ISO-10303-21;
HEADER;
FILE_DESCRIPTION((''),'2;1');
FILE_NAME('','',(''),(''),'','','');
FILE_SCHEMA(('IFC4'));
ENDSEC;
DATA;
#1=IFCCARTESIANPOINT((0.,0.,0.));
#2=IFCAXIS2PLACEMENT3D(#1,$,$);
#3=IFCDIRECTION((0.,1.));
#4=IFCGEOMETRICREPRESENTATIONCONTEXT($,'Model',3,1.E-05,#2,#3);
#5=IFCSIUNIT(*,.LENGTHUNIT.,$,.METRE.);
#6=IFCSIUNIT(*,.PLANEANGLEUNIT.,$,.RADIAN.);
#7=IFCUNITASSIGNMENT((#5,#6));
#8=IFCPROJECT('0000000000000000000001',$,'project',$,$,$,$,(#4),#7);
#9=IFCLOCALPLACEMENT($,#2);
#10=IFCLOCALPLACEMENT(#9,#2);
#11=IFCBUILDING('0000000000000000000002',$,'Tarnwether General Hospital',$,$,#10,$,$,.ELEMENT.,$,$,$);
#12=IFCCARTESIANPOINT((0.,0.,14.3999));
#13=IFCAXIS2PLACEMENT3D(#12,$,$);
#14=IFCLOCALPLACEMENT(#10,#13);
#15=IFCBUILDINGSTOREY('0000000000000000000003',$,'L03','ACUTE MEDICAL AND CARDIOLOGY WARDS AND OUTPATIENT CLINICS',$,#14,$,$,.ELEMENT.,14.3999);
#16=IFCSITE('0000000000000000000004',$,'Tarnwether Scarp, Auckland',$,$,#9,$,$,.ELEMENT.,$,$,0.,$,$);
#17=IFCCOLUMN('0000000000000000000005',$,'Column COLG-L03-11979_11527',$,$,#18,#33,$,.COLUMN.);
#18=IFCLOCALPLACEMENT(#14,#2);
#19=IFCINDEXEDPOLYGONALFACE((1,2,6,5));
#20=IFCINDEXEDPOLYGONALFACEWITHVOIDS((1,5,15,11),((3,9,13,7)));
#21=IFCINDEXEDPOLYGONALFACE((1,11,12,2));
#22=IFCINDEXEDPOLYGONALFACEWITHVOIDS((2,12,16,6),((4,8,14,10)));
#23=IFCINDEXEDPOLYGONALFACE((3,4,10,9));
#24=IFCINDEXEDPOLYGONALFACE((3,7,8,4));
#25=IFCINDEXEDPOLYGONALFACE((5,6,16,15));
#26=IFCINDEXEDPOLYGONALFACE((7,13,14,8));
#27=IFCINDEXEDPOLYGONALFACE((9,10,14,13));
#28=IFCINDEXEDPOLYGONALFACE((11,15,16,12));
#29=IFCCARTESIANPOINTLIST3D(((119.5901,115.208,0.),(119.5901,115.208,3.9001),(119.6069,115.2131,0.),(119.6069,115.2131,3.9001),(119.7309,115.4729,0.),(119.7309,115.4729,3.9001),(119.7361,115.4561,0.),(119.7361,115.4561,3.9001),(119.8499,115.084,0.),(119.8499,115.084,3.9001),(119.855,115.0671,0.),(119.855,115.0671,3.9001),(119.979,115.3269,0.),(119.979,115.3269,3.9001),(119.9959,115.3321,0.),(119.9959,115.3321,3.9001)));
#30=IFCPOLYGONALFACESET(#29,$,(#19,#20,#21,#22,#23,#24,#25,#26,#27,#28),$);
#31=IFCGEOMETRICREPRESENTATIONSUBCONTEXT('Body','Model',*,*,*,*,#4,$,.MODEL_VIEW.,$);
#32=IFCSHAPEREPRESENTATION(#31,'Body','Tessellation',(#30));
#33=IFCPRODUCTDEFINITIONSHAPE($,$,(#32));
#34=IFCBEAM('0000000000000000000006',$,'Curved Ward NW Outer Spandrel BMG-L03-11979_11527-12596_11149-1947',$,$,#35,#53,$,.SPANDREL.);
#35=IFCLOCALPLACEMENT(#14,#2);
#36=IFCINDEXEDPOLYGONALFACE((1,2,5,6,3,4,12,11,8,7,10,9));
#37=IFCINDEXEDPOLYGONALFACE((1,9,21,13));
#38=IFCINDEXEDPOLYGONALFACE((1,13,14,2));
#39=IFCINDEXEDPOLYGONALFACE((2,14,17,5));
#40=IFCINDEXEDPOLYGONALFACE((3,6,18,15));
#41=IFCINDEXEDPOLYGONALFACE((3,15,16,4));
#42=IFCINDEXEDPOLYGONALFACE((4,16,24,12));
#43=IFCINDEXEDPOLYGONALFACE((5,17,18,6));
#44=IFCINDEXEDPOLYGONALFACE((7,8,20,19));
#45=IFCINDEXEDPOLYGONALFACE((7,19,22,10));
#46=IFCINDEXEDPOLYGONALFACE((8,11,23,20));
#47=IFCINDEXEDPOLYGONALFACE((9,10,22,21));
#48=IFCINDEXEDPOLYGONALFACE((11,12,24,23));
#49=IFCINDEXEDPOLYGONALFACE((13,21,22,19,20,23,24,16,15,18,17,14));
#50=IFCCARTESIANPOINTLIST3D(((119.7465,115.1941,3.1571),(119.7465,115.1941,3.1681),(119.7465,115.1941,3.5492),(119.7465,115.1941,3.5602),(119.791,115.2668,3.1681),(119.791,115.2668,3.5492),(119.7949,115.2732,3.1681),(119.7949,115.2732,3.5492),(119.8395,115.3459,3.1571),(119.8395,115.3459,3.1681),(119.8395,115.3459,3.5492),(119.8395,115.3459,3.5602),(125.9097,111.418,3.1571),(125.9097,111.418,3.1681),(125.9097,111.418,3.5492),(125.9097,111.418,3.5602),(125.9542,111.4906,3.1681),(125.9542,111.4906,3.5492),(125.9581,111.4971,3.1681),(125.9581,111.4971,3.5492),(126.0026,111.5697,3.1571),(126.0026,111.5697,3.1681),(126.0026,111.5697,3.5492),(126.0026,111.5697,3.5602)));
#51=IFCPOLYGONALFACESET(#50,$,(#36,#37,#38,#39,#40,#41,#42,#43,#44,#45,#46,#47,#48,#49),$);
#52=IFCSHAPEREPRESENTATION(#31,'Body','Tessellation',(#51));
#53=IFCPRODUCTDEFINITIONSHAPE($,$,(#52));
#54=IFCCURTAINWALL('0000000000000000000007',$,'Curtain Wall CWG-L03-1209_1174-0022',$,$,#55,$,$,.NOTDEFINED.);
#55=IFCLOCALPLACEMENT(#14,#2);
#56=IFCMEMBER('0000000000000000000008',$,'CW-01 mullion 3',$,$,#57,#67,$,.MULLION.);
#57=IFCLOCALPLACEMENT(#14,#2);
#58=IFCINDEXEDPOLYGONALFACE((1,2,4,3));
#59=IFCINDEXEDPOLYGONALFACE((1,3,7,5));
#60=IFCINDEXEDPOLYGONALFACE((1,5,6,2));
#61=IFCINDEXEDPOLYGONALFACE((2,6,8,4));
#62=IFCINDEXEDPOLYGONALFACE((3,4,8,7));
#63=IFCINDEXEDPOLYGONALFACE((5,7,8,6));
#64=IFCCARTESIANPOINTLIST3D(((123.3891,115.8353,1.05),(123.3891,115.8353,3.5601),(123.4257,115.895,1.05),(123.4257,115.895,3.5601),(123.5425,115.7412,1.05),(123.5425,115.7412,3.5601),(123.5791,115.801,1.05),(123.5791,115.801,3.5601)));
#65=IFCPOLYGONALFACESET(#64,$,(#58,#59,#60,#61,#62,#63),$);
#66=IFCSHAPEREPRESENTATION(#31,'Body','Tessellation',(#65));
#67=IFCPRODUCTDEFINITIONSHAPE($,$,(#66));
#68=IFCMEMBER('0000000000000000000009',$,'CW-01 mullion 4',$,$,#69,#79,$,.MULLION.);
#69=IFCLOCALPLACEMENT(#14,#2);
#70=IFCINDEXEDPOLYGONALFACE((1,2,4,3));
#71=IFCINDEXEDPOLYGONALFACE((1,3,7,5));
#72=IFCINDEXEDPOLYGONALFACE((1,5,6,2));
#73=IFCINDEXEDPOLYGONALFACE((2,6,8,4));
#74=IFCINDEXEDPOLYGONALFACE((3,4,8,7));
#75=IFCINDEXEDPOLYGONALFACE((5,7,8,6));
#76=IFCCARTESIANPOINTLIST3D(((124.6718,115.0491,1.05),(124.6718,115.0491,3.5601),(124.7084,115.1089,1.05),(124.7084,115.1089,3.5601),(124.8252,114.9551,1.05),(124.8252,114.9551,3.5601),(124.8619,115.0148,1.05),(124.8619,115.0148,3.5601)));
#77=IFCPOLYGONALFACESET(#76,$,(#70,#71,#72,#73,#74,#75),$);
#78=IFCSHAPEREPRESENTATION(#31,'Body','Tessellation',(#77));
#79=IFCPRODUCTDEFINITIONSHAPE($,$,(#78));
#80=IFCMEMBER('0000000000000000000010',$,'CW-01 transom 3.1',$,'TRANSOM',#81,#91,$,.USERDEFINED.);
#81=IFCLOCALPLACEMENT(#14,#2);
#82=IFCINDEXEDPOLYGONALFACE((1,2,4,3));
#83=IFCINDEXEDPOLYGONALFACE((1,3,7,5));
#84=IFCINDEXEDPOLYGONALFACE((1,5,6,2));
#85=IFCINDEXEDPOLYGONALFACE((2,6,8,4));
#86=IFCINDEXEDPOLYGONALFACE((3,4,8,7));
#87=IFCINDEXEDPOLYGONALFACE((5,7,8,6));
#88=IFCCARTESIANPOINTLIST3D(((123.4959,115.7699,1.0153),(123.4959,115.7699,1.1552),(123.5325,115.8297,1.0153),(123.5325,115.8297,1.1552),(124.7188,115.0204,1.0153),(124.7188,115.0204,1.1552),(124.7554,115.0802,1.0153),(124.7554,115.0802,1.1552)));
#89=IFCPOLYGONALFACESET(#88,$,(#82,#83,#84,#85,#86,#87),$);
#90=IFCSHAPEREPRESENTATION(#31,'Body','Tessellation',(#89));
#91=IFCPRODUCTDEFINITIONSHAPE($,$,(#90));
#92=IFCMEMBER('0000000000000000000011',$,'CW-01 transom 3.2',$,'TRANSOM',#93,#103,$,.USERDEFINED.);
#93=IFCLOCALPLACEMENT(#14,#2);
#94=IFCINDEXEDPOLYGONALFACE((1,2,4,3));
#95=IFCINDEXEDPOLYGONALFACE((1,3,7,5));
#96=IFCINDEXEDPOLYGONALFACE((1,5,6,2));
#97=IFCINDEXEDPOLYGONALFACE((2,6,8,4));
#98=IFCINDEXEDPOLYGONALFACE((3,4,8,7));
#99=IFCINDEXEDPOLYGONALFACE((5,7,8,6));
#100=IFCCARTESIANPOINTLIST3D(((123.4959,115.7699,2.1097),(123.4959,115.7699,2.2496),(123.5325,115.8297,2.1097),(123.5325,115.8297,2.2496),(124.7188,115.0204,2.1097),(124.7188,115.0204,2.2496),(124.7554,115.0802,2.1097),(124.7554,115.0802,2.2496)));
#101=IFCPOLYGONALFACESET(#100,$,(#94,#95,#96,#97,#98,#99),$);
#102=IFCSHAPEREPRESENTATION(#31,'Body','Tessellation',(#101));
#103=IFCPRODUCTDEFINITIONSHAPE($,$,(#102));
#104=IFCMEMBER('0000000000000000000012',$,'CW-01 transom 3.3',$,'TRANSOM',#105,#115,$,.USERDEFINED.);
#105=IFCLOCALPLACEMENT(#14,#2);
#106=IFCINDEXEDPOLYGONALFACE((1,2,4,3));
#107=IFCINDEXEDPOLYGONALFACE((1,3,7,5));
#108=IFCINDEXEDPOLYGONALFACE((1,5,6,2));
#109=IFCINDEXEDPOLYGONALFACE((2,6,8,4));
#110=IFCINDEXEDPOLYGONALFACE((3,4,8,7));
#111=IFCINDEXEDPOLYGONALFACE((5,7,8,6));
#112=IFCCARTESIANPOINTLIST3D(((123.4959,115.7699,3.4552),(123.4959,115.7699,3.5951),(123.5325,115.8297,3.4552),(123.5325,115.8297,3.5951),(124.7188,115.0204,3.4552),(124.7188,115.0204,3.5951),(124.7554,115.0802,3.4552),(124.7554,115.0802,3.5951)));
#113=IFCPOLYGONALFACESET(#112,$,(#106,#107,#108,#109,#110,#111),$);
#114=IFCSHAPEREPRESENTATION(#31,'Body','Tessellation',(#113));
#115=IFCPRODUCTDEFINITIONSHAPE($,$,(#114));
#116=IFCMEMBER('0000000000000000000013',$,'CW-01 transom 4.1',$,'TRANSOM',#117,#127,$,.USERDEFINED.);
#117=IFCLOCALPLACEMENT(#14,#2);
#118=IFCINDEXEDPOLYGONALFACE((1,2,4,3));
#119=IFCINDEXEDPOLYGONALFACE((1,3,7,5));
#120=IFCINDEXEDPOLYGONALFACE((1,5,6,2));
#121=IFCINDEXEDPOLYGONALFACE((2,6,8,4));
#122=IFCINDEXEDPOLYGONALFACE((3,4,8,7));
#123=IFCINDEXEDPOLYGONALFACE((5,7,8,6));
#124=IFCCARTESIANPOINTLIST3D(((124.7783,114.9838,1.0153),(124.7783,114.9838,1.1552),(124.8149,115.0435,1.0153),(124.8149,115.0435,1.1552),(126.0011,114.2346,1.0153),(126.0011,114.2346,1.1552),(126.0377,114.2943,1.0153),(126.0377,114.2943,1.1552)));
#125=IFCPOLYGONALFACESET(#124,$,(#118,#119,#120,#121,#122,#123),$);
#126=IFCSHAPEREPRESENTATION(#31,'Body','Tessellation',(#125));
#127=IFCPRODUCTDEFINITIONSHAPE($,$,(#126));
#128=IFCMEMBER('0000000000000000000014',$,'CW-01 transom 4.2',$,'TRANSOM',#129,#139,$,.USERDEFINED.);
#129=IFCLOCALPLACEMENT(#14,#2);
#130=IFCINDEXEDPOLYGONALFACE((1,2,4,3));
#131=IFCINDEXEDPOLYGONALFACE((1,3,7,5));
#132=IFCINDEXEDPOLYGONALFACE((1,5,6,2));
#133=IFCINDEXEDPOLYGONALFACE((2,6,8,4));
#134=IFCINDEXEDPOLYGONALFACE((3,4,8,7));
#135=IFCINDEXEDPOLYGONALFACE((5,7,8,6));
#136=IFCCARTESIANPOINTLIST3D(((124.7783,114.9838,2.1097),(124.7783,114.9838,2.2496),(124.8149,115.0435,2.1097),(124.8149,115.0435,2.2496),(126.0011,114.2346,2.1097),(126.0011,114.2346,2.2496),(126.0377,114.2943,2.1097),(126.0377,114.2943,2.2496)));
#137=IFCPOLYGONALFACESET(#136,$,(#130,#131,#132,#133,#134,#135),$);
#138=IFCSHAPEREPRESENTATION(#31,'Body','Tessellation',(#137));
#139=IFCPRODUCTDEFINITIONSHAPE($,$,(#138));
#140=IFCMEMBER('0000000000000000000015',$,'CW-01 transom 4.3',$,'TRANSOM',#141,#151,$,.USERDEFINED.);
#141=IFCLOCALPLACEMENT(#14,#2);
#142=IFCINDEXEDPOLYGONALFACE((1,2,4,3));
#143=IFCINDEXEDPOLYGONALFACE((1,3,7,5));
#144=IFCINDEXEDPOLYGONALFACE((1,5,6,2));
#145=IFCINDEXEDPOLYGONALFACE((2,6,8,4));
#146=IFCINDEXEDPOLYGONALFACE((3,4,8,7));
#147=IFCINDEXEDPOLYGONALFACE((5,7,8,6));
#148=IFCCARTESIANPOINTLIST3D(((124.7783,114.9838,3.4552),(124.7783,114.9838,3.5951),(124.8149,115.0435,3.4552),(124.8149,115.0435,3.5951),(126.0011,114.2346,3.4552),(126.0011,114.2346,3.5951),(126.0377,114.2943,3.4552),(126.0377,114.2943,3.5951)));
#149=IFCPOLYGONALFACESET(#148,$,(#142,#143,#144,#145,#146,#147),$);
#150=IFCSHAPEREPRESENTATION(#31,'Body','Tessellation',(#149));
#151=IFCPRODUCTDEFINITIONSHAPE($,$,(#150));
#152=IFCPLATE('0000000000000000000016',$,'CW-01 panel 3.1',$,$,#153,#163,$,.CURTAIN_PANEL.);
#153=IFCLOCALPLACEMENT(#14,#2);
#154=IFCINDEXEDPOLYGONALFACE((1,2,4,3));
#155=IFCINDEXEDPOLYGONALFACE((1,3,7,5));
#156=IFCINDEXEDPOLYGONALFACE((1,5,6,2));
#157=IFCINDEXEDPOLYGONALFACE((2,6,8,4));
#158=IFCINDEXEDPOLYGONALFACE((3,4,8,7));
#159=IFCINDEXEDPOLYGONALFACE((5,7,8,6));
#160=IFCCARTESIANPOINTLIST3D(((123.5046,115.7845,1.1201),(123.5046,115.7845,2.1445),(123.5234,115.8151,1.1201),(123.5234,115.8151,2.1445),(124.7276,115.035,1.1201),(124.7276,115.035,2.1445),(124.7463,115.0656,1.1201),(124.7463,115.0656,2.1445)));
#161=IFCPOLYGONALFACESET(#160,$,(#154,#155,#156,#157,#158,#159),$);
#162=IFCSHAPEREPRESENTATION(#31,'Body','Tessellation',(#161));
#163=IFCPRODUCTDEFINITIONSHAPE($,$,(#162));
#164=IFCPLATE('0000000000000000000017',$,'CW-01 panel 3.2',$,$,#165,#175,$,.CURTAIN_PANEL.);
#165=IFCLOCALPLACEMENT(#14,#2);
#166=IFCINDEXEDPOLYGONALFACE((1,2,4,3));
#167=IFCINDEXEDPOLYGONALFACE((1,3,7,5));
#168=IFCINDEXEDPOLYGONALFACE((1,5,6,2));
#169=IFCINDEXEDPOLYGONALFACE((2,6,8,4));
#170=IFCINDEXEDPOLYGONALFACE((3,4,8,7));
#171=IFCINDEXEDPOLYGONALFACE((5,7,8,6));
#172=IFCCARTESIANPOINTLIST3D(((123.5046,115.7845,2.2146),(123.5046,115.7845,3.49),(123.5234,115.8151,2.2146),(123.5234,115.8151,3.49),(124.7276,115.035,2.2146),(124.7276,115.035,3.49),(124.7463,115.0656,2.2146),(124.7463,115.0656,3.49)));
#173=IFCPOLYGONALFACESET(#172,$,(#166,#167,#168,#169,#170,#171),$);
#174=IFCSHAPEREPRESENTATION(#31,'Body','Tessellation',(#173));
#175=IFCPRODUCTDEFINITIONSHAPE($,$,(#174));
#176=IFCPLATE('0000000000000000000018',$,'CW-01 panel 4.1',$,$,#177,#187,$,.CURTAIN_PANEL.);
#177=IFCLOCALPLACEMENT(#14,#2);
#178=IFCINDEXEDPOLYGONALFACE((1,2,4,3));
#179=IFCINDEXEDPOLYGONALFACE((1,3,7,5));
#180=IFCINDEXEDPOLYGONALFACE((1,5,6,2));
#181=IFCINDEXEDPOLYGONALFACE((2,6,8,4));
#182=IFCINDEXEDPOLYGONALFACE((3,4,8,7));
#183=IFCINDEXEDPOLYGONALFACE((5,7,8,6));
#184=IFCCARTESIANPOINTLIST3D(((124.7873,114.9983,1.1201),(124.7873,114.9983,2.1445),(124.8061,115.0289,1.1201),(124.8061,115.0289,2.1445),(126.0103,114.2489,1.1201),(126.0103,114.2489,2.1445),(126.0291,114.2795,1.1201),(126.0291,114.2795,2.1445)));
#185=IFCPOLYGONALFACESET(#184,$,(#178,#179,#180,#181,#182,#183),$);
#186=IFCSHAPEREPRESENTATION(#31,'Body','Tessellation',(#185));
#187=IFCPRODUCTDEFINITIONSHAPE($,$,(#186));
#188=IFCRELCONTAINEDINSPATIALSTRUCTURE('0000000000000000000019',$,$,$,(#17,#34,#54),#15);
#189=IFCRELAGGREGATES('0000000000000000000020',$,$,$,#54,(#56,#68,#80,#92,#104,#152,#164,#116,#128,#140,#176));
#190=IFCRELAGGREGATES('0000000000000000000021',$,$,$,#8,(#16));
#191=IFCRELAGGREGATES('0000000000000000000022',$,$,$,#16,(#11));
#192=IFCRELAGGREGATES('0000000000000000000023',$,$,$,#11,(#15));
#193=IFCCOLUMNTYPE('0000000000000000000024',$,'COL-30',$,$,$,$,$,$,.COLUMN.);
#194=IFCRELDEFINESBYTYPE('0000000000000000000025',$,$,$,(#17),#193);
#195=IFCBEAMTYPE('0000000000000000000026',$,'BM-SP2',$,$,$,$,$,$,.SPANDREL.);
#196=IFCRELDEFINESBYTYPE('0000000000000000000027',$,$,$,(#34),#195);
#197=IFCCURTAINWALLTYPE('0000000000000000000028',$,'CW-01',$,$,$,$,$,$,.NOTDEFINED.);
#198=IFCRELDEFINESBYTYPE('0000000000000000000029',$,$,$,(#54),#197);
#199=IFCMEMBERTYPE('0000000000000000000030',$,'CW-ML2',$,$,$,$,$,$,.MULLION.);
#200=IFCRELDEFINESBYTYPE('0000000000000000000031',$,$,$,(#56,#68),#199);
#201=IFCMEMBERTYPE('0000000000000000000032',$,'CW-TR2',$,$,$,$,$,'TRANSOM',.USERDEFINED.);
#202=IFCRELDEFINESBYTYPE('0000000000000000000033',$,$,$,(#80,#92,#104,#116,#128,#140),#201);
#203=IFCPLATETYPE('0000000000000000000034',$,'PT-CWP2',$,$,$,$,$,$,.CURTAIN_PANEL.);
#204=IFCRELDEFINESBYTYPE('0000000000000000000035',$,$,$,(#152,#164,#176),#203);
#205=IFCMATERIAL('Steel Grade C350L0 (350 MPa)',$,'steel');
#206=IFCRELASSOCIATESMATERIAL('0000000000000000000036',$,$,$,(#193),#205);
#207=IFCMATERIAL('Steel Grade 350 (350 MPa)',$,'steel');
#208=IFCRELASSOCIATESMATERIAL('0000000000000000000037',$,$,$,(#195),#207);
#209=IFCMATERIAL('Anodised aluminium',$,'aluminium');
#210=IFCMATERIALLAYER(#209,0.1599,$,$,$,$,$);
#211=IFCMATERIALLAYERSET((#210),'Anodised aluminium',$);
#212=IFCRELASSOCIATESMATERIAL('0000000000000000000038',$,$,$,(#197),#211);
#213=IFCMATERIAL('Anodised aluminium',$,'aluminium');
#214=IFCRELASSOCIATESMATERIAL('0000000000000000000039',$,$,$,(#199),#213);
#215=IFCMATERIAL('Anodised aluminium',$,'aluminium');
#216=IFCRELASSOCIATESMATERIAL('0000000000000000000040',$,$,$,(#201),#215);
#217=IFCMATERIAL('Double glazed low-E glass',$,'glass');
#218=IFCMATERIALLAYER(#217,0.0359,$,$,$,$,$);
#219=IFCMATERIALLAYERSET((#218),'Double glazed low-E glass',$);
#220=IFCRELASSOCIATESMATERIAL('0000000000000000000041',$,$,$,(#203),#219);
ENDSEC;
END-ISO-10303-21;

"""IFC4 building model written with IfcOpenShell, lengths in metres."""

from ifc_helpers import new_model, si_unit, direction, frame, origin, origin_2d, place, context, subcontext, project, spatial, rectangle, hollow_rectangle, i_section, extrude, material, layer, layer_set, material_profile, profile_set, type_object, element, aggregate, save


model = new_model("IFC4")

# Units and contexts
model_context = context("Model", 3, precision=1e-05, world=origin(), true_north=direction((0.0, 1.0)))
body_context = subcontext(model_context, "Body", "Model", "MODEL_VIEW")
ifc_project = project(units=[si_unit("LENGTHUNIT", "METRE"), si_unit("PLANEANGLEUNIT", "RADIAN")], contexts=[model_context])

# Site, building, storey
site_placement = place(None, origin())
site = spatial("IfcSite", under=ifc_project, at=site_placement, Name="Tarnwether Scarp, Auckland", CompositionType="ELEMENT", RefElevation=0.0)
building_placement = place(site_placement, origin())
building = spatial("IfcBuilding", under=site, at=building_placement, Name="Tarnwether General Hospital", CompositionType="ELEMENT")
storey_placement = place(building_placement, frame((0.0, 0.0, 14.3999)))
storey = spatial("IfcBuildingStorey", under=building, at=storey_placement, Name="L03", Description="ACUTE MEDICAL AND CARDIOLOGY WARDS AND OUTPATIENT CLINICS", CompositionType="ELEMENT", Elevation=14.3999)

# Column
ifc_material_1 = material(Name="Steel Grade C350L0 (350 MPa)", Category="steel")
ifc_material_profile_1 = material_profile(ifc_material_1, hollow_rectangle(XDim=0.3, YDim=0.3, WallThickness=0.0125, at=origin_2d()), Name="SHS300x300x12.5")
ifc_profile_set_1 = profile_set([ifc_material_profile_1], Name="Steel Grade C350L0 (350 MPa)")
column_type = type_object("IfcColumnType", Name="COL-30", PredefinedType="COLUMN", material=ifc_profile_set_1)
column_placement = place(storey_placement, frame((119.793, 115.27, 0.0), z_axis=(0.0, 0.0, 1.0), x_axis=(0.469472, 0.882948, 0.0)))
element("IfcColumn", 1, at=column_placement, inside=storey, type_object=column_type, Name="Column COLG-L03-11979_11527", PredefinedType="COLUMN", context=body_context, shape_type="SweptSolid", body=[
    extrude(hollow_rectangle(XDim=0.3, YDim=0.3, WallThickness=0.0125, at=origin_2d()), origin(), (0.0, 0.0, 1.0), 3.9001),
])

# Beam
ifc_material_2 = material(Name="Steel Grade 350 (350 MPa)", Category="steel")
ifc_material_profile_2 = material_profile(ifc_material_2, i_section(OverallWidth=0.178, OverallDepth=0.4031, WebThickness=0.0076, FlangeThickness=0.011, at=origin_2d()), Name="410UB53.7")
ifc_profile_set_2 = profile_set([ifc_material_profile_2], Name="Steel Grade 350 (350 MPa)")
beam_type = type_object("IfcBeamType", Name="BM-SP2", PredefinedType="SPANDREL", material=ifc_profile_set_2)
beam_placement = place(storey_placement, frame((119.793, 115.27, 3.3586), z_axis=(0.852678, -0.522436, 0.0), x_axis=(0.522436, 0.852678, 0.0)))
element("IfcBeam", 2, at=beam_placement, inside=storey, type_object=beam_type, Name="Curved Ward NW Outer Spandrel BMG-L03-11979_11527-12596_11149-1947", PredefinedType="SPANDREL", context=body_context, shape_type="SweptSolid", body=[
    extrude(i_section(OverallWidth=0.178, OverallDepth=0.4031, WebThickness=0.0076, FlangeThickness=0.011, at=origin_2d()), origin(), (0.0, 0.0, 1.0), 7.228),
])

# Curtain wall, members, plates
ifc_material_3 = material(Name="Anodised aluminium", Category="aluminium")
ifc_layer_1 = layer(ifc_material_3, 0.1599)
ifc_layer_set_1 = layer_set([ifc_layer_1], Name="Anodised aluminium")
curtain_wall_type = type_object("IfcCurtainWallType", Name="CW-01", PredefinedType="NOTDEFINED", material=ifc_layer_set_1)
curtain_wall_placement = place(storey_placement, origin())
curtain_wall = element("IfcCurtainWall", 3, at=curtain_wall_placement, inside=storey, type_object=curtain_wall_type, Name="Curtain Wall CWG-L03-1209_1174-0022", PredefinedType="NOTDEFINED")
ifc_material_4 = material(Name="Anodised aluminium", Category="aluminium")
ifc_material_profile_3 = material_profile(ifc_material_4, rectangle(XDim=0.0701, YDim=0.1799, at=origin_2d()), Name="ALU-MUL-70x180")
ifc_profile_set_3 = profile_set([ifc_material_profile_3], Name="Anodised aluminium")
member_type_1 = type_object("IfcMemberType", Name="CW-ML2", PredefinedType="MULLION", material=ifc_profile_set_3)
member_1_placement = place(storey_placement, frame((123.4841, 115.8181, 1.05), z_axis=(0.0, 0.0, 1.0), x_axis=(0.522509, 0.852634, 0.0)))
member_1 = element("IfcMember", 4, at=member_1_placement, type_object=member_type_1, Name="CW-01 mullion 3", PredefinedType="MULLION", context=body_context, shape_type="SweptSolid", body=[
    extrude(rectangle(XDim=0.0701, YDim=0.1799, at=origin_2d()), origin(), (0.0, 0.0, 1.0), 2.51),
])
member_2_placement = place(storey_placement, frame((124.7668, 115.032, 1.05), z_axis=(0.0, 0.0, 1.0), x_axis=(0.522509, 0.852634, 0.0)))
member_2 = element("IfcMember", 5, at=member_2_placement, type_object=member_type_1, Name="CW-01 mullion 4", PredefinedType="MULLION", context=body_context, shape_type="SweptSolid", body=[
    extrude(rectangle(XDim=0.0701, YDim=0.1799, at=origin_2d()), origin(), (0.0, 0.0, 1.0), 2.51),
])
ifc_material_5 = material(Name="Anodised aluminium", Category="aluminium")
ifc_material_profile_4 = material_profile(ifc_material_5, rectangle(XDim=0.0701, YDim=0.1399, at=origin_2d()), Name="ALU-TRN-70x140")
ifc_profile_set_4 = profile_set([ifc_material_profile_4], Name="Anodised aluminium")
member_type_2 = type_object("IfcMemberType", Name="CW-TR2", ElementType="TRANSOM", PredefinedType="USERDEFINED", material=ifc_profile_set_4)
member_3_placement = place(storey_placement, frame((123.5142, 115.7998, 1.0852), z_axis=(0.852604, -0.522558, 0.0), x_axis=(0.522558, 0.852604, 0.0)))
member_3 = element("IfcMember", 6, at=member_3_placement, type_object=member_type_2, Name="CW-01 transom 3.1", ObjectType="TRANSOM", PredefinedType="USERDEFINED", context=body_context, shape_type="SweptSolid", body=[
    extrude(rectangle(XDim=0.0701, YDim=0.1399, at=origin_2d()), origin(), (0.0, 0.0, 1.0), 1.4343),
])
member_4_placement = place(storey_placement, frame((123.5142, 115.7998, 2.1797), z_axis=(0.852604, -0.522558, 0.0), x_axis=(0.522558, 0.852604, 0.0)))
member_4 = element("IfcMember", 7, at=member_4_placement, type_object=member_type_2, Name="CW-01 transom 3.2", ObjectType="TRANSOM", PredefinedType="USERDEFINED", context=body_context, shape_type="SweptSolid", body=[
    extrude(rectangle(XDim=0.0701, YDim=0.1399, at=origin_2d()), origin(), (0.0, 0.0, 1.0), 1.4343),
])
member_5_placement = place(storey_placement, frame((123.5142, 115.7998, 3.5251), z_axis=(0.852604, -0.522558, 0.0), x_axis=(0.522558, 0.852604, 0.0)))
member_5 = element("IfcMember", 8, at=member_5_placement, type_object=member_type_2, Name="CW-01 transom 3.3", ObjectType="TRANSOM", PredefinedType="USERDEFINED", context=body_context, shape_type="SweptSolid", body=[
    extrude(rectangle(XDim=0.0701, YDim=0.1399, at=origin_2d()), origin(), (0.0, 0.0, 1.0), 1.4343),
])
member_6_placement = place(storey_placement, frame((124.7966, 115.0137, 1.0852), z_axis=(0.85268, -0.522434, 0.0), x_axis=(0.522434, 0.85268, 0.0)))
member_6 = element("IfcMember", 9, at=member_6_placement, type_object=member_type_2, Name="CW-01 transom 4.1", ObjectType="TRANSOM", PredefinedType="USERDEFINED", context=body_context, shape_type="SweptSolid", body=[
    extrude(rectangle(XDim=0.0701, YDim=0.1399, at=origin_2d()), origin(), (0.0, 0.0, 1.0), 1.4341),
])
member_7_placement = place(storey_placement, frame((124.7966, 115.0137, 2.1797), z_axis=(0.85268, -0.522434, 0.0), x_axis=(0.522434, 0.85268, 0.0)))
member_7 = element("IfcMember", 10, at=member_7_placement, type_object=member_type_2, Name="CW-01 transom 4.2", ObjectType="TRANSOM", PredefinedType="USERDEFINED", context=body_context, shape_type="SweptSolid", body=[
    extrude(rectangle(XDim=0.0701, YDim=0.1399, at=origin_2d()), origin(), (0.0, 0.0, 1.0), 1.4341),
])
member_8_placement = place(storey_placement, frame((124.7966, 115.0137, 3.5251), z_axis=(0.85268, -0.522434, 0.0), x_axis=(0.522434, 0.85268, 0.0)))
member_8 = element("IfcMember", 11, at=member_8_placement, type_object=member_type_2, Name="CW-01 transom 4.3", ObjectType="TRANSOM", PredefinedType="USERDEFINED", context=body_context, shape_type="SweptSolid", body=[
    extrude(rectangle(XDim=0.0701, YDim=0.1399, at=origin_2d()), origin(), (0.0, 0.0, 1.0), 1.4341),
])
ifc_material_6 = material(Name="Double glazed low-E glass", Category="glass")
ifc_layer_2 = layer(ifc_material_6, 0.0359)
ifc_layer_set_2 = layer_set([ifc_layer_2], Name="Double glazed low-E glass")
plate_type_1 = type_object("IfcPlateType", Name="PT-CWP2", PredefinedType="CURTAIN_PANEL", material=ifc_layer_set_2)
plate_1_placement = place(storey_placement, frame((124.1255, 115.425, 1.1201), z_axis=(0.0, 0.0, 1.0), x_axis=(0.852634, -0.522509, 0.0)))
plate_1 = element("IfcPlate", 12, at=plate_1_placement, type_object=plate_type_1, Name="CW-01 panel 3.1", PredefinedType="CURTAIN_PANEL", context=body_context, shape_type="SweptSolid", body=[
    extrude(rectangle(XDim=1.4343, YDim=0.0359, at=origin_2d()), origin(), (0.0, 0.0, 1.0), 1.0244),
])
plate_2_placement = place(storey_placement, frame((124.1255, 115.425, 2.2146), z_axis=(0.0, 0.0, 1.0), x_axis=(0.852634, -0.522509, 0.0)))
plate_2 = element("IfcPlate", 13, at=plate_2_placement, type_object=plate_type_1, Name="CW-01 panel 3.2", PredefinedType="CURTAIN_PANEL", context=body_context, shape_type="SweptSolid", body=[
    extrude(rectangle(XDim=1.4343, YDim=0.0359, at=origin_2d()), origin(), (0.0, 0.0, 1.0), 1.2754),
])
plate_3_placement = place(storey_placement, frame((125.4082, 114.6389, 1.1201), z_axis=(0.0, 0.0, 1.0), x_axis=(0.852634, -0.522509, 0.0)))
plate_3 = element("IfcPlate", 14, at=plate_3_placement, type_object=plate_type_1, Name="CW-01 panel 4.1", PredefinedType="CURTAIN_PANEL", context=body_context, shape_type="SweptSolid", body=[
    extrude(rectangle(XDim=1.4343, YDim=0.0359, at=origin_2d()), origin(), (0.0, 0.0, 1.0), 1.0244),
])
aggregate(curtain_wall, [member_1, member_2, member_3, member_4, member_5, plate_1, plate_2, member_6, member_7, member_8, plate_3])

save(model, "model.ifc")
